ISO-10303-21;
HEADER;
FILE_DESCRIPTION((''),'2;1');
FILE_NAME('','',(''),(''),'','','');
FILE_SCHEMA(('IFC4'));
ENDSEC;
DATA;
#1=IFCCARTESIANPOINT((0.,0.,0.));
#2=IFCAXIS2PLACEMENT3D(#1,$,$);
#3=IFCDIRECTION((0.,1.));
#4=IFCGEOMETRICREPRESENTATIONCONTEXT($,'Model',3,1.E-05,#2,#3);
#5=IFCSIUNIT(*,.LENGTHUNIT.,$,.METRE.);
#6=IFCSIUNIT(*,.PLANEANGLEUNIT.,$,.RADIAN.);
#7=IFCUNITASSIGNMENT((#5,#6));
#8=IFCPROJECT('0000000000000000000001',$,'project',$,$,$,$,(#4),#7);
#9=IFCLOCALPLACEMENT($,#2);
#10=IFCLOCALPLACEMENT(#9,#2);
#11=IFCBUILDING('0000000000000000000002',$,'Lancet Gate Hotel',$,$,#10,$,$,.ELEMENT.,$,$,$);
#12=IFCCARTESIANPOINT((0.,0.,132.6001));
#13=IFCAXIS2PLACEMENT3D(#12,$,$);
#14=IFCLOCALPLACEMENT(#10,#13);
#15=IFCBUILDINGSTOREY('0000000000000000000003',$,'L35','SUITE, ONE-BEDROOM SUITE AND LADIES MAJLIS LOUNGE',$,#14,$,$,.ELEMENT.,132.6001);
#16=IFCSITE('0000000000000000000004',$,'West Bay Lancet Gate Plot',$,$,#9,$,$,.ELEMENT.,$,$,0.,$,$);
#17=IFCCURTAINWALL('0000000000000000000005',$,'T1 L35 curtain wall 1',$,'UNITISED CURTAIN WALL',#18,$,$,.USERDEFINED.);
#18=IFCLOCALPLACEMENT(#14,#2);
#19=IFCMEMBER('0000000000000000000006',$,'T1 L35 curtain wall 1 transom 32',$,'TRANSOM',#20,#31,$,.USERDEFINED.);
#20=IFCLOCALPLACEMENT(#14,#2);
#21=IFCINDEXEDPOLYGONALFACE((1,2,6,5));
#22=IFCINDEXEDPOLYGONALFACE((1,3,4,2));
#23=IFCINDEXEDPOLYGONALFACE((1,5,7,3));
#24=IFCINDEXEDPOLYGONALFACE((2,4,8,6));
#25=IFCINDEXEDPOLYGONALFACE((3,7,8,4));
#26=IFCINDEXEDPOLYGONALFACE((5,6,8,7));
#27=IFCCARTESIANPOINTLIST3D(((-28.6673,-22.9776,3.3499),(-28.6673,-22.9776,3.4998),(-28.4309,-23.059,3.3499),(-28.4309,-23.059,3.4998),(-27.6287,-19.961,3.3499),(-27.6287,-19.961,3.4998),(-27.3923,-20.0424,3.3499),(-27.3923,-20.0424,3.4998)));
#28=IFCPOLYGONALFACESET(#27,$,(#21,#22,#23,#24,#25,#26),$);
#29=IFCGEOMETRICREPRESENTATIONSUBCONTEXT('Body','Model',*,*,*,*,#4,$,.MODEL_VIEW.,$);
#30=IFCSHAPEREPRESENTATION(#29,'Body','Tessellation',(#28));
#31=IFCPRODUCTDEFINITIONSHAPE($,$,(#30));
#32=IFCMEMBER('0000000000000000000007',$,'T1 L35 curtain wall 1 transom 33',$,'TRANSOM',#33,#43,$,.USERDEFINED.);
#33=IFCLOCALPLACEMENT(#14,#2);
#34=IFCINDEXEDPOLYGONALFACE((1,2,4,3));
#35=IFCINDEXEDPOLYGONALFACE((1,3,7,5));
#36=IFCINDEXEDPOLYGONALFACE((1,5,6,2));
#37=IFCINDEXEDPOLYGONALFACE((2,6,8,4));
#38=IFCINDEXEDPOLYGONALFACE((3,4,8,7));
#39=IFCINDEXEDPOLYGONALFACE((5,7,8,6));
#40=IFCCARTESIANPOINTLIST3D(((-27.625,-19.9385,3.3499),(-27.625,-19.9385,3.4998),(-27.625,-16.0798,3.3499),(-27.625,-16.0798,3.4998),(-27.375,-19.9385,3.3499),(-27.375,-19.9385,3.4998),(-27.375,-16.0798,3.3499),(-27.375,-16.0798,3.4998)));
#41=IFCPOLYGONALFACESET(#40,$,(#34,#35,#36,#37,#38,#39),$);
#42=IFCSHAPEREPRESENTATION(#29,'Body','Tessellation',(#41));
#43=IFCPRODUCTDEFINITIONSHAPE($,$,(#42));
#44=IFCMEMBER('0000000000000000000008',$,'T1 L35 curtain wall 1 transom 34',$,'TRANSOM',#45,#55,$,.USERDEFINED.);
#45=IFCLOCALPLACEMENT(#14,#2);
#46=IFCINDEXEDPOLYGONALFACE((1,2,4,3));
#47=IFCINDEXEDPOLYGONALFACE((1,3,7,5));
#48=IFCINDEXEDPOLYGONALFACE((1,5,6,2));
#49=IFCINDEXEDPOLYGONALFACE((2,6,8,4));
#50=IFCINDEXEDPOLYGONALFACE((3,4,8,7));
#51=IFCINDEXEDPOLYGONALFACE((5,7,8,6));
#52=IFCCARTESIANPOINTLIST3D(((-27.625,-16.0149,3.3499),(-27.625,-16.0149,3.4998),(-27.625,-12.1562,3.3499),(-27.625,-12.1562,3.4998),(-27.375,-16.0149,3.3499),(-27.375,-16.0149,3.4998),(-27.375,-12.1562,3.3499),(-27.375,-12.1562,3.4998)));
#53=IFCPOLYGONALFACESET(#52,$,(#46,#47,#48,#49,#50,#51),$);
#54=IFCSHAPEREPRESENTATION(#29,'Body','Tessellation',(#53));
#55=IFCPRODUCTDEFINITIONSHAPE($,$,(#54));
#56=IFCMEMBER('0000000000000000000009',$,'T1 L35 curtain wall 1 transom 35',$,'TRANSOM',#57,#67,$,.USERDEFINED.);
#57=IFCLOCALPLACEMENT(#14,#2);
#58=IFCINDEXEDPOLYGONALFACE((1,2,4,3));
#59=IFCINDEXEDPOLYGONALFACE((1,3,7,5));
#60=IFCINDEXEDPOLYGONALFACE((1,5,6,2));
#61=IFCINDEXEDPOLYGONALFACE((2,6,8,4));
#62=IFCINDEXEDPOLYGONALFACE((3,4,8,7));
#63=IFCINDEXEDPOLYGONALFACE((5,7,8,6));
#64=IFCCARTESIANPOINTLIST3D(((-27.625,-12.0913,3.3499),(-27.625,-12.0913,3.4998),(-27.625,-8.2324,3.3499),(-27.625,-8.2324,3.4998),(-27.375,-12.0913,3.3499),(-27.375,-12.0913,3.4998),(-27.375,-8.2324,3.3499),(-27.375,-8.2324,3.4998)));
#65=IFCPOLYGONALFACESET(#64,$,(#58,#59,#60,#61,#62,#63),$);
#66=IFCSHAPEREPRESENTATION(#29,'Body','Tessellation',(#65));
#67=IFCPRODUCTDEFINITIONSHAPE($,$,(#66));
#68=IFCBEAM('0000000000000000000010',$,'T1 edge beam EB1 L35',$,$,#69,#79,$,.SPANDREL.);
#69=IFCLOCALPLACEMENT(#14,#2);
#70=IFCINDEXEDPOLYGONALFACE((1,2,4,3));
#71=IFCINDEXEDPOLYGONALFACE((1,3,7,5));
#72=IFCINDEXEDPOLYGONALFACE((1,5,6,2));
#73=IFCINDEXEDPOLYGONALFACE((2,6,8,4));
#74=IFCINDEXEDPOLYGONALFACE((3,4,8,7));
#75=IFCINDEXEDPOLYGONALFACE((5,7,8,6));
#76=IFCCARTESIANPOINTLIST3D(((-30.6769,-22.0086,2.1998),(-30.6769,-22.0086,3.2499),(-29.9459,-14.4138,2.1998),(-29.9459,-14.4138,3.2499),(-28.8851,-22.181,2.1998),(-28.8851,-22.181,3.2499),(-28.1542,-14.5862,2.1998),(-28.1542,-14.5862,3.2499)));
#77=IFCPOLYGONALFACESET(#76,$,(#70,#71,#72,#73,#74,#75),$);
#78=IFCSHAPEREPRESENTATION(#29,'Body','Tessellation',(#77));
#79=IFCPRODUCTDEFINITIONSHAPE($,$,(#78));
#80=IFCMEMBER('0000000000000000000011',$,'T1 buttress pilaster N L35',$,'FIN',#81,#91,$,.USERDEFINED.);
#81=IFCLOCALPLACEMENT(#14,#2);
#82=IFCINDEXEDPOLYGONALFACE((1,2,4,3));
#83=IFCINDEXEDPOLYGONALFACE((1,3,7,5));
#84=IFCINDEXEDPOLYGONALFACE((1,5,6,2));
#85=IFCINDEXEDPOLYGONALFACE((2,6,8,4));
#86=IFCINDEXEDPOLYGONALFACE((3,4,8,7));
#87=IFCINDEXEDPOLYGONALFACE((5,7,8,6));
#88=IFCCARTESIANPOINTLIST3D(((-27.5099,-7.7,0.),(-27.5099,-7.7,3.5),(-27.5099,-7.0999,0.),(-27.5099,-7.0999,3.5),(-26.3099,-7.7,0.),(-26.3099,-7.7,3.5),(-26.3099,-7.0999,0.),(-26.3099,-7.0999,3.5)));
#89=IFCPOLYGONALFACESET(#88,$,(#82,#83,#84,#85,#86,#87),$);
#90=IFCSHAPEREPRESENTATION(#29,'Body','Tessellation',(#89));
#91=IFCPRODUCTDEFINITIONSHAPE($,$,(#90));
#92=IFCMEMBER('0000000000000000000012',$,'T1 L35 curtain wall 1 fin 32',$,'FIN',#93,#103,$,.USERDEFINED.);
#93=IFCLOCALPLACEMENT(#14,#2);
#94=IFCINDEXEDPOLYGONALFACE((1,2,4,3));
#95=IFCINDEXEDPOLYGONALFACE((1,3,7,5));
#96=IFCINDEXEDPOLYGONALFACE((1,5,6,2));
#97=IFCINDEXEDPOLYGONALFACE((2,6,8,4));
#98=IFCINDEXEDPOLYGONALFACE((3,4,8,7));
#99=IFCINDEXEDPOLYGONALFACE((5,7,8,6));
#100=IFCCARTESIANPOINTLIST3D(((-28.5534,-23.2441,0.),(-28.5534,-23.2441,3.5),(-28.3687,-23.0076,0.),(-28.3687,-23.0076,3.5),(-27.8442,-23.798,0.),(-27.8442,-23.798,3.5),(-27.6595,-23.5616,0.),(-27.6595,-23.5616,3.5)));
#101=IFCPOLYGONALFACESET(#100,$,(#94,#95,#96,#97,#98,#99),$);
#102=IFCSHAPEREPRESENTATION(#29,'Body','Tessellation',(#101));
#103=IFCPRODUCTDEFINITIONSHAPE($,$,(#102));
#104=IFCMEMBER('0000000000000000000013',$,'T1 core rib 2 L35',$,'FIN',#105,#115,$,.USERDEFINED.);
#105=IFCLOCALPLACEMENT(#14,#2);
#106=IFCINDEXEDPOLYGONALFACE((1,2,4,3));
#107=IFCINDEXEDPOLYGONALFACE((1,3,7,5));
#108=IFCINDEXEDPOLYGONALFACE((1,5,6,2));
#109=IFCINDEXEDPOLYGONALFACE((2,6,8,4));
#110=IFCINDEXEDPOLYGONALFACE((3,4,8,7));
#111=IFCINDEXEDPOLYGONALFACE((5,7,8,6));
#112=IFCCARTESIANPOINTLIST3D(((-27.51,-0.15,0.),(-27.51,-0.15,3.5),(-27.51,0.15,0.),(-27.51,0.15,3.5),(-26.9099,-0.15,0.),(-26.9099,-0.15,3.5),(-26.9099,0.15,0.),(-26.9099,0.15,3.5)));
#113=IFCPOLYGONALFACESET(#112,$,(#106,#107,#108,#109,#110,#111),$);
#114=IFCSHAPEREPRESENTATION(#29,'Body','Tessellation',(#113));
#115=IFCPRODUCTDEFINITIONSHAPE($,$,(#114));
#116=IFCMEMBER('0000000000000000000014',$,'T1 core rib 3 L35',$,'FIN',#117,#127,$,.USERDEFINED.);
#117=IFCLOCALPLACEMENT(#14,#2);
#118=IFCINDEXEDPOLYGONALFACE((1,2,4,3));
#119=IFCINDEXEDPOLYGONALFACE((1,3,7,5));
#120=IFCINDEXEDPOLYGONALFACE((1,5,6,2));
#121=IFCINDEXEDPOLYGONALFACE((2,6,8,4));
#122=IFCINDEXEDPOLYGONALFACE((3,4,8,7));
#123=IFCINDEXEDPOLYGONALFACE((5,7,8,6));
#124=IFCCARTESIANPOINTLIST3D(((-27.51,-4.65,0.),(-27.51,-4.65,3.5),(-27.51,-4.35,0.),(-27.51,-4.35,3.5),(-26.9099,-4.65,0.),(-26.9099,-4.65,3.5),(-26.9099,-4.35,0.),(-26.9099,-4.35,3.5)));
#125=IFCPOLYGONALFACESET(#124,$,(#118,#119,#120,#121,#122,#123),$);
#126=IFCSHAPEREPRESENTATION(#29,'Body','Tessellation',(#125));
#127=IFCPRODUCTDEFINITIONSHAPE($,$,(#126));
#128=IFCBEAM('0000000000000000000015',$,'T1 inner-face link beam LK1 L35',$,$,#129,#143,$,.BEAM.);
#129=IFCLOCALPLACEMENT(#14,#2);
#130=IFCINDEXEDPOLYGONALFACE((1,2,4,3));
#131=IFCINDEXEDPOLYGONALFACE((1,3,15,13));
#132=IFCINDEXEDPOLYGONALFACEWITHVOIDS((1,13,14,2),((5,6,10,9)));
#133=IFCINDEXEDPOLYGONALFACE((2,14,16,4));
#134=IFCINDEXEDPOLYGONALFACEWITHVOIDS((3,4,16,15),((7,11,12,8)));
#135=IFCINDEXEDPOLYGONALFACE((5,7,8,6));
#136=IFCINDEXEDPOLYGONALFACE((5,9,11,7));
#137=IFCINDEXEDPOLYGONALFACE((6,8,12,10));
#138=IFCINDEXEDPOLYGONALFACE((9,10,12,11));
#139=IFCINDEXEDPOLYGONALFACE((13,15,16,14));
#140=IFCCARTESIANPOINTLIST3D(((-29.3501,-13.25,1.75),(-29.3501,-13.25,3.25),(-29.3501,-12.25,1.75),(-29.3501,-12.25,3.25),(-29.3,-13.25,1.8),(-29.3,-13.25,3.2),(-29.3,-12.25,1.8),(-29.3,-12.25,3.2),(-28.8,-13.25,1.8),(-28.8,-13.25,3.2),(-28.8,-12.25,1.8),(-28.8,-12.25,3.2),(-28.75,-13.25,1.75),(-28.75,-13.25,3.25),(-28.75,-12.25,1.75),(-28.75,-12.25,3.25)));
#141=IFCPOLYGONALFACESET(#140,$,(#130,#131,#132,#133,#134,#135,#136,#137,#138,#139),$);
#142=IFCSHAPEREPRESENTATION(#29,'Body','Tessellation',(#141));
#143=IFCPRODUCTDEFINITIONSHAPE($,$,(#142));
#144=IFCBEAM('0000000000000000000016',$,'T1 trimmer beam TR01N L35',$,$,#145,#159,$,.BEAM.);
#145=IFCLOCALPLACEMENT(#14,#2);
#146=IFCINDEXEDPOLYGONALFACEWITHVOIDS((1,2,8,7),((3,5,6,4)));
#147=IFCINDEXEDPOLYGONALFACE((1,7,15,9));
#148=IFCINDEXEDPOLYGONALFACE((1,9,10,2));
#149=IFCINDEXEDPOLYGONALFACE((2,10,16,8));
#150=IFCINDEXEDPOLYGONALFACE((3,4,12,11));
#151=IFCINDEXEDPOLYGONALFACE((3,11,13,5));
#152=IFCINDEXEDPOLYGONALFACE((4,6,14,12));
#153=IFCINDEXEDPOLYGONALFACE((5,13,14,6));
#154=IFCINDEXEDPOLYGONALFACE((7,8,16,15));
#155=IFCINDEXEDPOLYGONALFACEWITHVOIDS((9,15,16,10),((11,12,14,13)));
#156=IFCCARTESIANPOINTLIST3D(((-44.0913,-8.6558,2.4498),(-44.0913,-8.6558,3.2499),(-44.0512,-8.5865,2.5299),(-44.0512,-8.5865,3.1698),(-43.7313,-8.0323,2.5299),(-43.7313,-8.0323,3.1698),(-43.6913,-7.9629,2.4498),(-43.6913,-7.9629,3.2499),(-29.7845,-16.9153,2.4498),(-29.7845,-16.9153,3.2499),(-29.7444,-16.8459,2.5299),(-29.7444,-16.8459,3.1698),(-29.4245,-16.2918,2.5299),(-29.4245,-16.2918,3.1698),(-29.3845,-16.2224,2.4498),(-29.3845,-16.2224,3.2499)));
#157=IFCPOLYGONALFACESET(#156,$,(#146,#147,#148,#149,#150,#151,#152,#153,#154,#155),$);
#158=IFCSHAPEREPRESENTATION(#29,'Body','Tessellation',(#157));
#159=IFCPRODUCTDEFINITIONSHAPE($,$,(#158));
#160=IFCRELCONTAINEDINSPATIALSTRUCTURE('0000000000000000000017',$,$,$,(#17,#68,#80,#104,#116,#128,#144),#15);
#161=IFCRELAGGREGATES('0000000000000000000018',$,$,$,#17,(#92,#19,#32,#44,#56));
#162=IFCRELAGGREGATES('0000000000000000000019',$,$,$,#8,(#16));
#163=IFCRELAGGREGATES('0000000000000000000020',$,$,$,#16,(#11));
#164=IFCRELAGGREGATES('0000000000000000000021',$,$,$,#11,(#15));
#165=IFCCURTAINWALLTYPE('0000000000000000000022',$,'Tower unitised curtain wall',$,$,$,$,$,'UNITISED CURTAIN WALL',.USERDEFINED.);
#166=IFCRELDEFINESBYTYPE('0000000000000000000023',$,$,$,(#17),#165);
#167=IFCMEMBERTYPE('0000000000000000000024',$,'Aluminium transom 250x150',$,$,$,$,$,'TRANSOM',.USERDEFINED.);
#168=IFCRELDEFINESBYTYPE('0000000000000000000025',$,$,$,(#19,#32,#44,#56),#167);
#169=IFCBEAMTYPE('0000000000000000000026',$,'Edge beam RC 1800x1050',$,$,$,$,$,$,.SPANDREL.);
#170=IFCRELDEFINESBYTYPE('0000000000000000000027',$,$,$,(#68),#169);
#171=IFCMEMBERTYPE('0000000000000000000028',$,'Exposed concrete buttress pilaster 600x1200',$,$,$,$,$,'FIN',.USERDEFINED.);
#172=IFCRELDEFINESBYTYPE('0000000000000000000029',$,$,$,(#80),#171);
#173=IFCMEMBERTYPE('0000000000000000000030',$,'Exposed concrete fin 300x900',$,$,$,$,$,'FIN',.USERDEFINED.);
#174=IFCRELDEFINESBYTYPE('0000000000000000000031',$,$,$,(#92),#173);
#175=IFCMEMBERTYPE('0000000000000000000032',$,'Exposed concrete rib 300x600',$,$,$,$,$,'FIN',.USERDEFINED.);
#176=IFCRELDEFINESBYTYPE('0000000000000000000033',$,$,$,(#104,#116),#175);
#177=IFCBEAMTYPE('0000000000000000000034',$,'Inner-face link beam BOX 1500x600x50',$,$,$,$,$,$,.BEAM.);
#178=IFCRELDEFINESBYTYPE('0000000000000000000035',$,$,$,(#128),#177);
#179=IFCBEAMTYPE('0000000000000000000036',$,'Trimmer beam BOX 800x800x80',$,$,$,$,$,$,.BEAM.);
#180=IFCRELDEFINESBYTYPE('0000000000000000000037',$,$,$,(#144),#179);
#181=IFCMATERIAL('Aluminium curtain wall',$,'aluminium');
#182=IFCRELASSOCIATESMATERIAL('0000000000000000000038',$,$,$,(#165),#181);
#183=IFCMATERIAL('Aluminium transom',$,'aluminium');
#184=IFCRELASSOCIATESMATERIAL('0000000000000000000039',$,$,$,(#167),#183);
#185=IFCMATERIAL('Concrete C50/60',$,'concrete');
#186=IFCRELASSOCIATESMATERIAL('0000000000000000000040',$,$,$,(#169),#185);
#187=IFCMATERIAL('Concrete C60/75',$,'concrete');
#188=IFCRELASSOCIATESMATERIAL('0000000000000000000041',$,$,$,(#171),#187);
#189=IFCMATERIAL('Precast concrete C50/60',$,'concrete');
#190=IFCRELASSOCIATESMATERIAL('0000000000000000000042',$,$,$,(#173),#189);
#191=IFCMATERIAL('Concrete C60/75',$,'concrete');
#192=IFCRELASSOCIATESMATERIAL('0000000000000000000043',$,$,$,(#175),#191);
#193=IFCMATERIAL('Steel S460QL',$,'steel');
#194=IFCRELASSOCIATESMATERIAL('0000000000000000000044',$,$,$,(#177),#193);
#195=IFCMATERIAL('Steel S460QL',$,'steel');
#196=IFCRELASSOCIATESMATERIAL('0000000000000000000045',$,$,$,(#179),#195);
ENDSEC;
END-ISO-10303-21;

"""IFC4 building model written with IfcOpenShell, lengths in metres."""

from ifc_helpers import new_model, si_unit, direction, frame, origin, origin_2d, place, context, subcontext, project, spatial, rectangle, hollow_rectangle, extrude, material, material_profile, profile_set, type_object, element, aggregate, save


model = new_model("IFC4")

# Units and contexts
model_context = context("Model", 3, precision=1e-05, world=origin(), true_north=direction((0.0, 1.0)))
body_context = subcontext(model_context, "Body", "Model", "MODEL_VIEW")
ifc_project = project(units=[si_unit("LENGTHUNIT", "METRE"), si_unit("PLANEANGLEUNIT", "RADIAN")], contexts=[model_context])

# Site, building, storey
site_placement = place(None, origin())
site = spatial("IfcSite", under=ifc_project, at=site_placement, Name="West Bay Lancet Gate Plot", CompositionType="ELEMENT", RefElevation=0.0)
building_placement = place(site_placement, origin())
building = spatial("IfcBuilding", under=site, at=building_placement, Name="Lancet Gate Hotel", CompositionType="ELEMENT")
storey_placement = place(building_placement, frame((0.0, 0.0, 132.6001)))
storey = spatial("IfcBuildingStorey", under=building, at=storey_placement, Name="L35", Description="SUITE, ONE-BEDROOM SUITE AND LADIES MAJLIS LOUNGE", CompositionType="ELEMENT", Elevation=132.6001)

# Curtain wall, members
ifc_material_1 = material(Name="Aluminium curtain wall", Category="aluminium")
curtain_wall_type = type_object("IfcCurtainWallType", Name="Tower unitised curtain wall", ElementType="UNITISED CURTAIN WALL", PredefinedType="USERDEFINED", material=ifc_material_1)
curtain_wall_placement = place(storey_placement, origin())
curtain_wall = element("IfcCurtainWall", 1, at=curtain_wall_placement, inside=storey, type_object=curtain_wall_type, Name="T1 L35 curtain wall 1", ObjectType="UNITISED CURTAIN WALL", PredefinedType="USERDEFINED")
ifc_material_2 = material(Name="Aluminium transom", Category="aluminium")
ifc_material_profile_1 = material_profile(ifc_material_2, rectangle(XDim=0.25, YDim=0.1499, at=origin_2d()), Name="TRANSOM 250x150")
ifc_profile_set_1 = profile_set([ifc_material_profile_1], Name="Aluminium transom")
member_type_1 = type_object("IfcMemberType", Name="Aluminium transom 250x150", ElementType="TRANSOM", PredefinedType="USERDEFINED", material=ifc_profile_set_1)
member_1_placement = place(storey_placement, frame((-28.5491, -23.0183, 3.4248), z_axis=(0.325533, 0.945531, 0.0), x_axis=(-0.945531, 0.325533, 0.0)))
member_1 = element("IfcMember", 2, at=member_1_placement, type_object=member_type_1, Name="T1 L35 curtain wall 1 transom 32", ObjectType="TRANSOM", PredefinedType="USERDEFINED", context=body_context, shape_type="SweptSolid", body=[
    extrude(rectangle(XDim=0.25, YDim=0.1499, at=origin_2d()), origin(), (0.0, 0.0, 1.0), 3.1904),
])
member_2_placement = place(storey_placement, frame((-27.5, -19.9385, 3.4248), z_axis=(0.0, 1.0, 0.0), x_axis=(-1.0, 0.0, 0.0)))
member_2 = element("IfcMember", 3, at=member_2_placement, type_object=member_type_1, Name="T1 L35 curtain wall 1 transom 33", ObjectType="TRANSOM", PredefinedType="USERDEFINED", context=body_context, shape_type="SweptSolid", body=[
    extrude(rectangle(XDim=0.25, YDim=0.1499, at=origin_2d()), origin(), (0.0, 0.0, 1.0), 3.8586),
])
member_3_placement = place(storey_placement, frame((-27.5, -16.0149, 3.4248), z_axis=(0.0, 1.0, 0.0), x_axis=(-1.0, 0.0, 0.0)))
member_3 = element("IfcMember", 4, at=member_3_placement, type_object=member_type_1, Name="T1 L35 curtain wall 1 transom 34", ObjectType="TRANSOM", PredefinedType="USERDEFINED", context=body_context, shape_type="SweptSolid", body=[
    extrude(rectangle(XDim=0.25, YDim=0.1499, at=origin_2d()), origin(), (0.0, 0.0, 1.0), 3.8586),
])
member_4_placement = place(storey_placement, frame((-27.5, -12.0913, 3.4248), z_axis=(0.0, 1.0, 0.0), x_axis=(-1.0, 0.0, 0.0)))
member_4 = element("IfcMember", 5, at=member_4_placement, type_object=member_type_1, Name="T1 L35 curtain wall 1 transom 35", ObjectType="TRANSOM", PredefinedType="USERDEFINED", context=body_context, shape_type="SweptSolid", body=[
    extrude(rectangle(XDim=0.25, YDim=0.1499, at=origin_2d()), origin(), (0.0, 0.0, 1.0), 3.8589),
])

# Beam
ifc_material_3 = material(Name="Concrete C50/60", Category="concrete")
ifc_material_profile_2 = material_profile(ifc_material_3, rectangle(XDim=1.8, YDim=1.05, at=origin_2d()), Name="RC 1800x1050")
ifc_profile_set_2 = profile_set([ifc_material_profile_2], Name="Concrete C50/60")
beam_type_1 = type_object("IfcBeamType", Name="Edge beam RC 1800x1050", PredefinedType="SPANDREL", material=ifc_profile_set_2)
beam_1_placement = place(storey_placement, frame((-29.05, -14.5, 2.7249), z_axis=(-0.095803, -0.9954, 0.0), x_axis=(0.9954, -0.095803, 0.0)))
element("IfcBeam", 6, at=beam_1_placement, inside=storey, type_object=beam_type_1, Name="T1 edge beam EB1 L35", PredefinedType="SPANDREL", context=body_context, shape_type="SweptSolid", body=[
    extrude(rectangle(XDim=1.8, YDim=1.05, at=origin_2d()), origin(), (0.0, 0.0, 1.0), 7.6299),
])

# Members
ifc_material_4 = material(Name="Concrete C60/75", Category="concrete")
ifc_material_profile_3 = material_profile(ifc_material_4, rectangle(XDim=0.6001, YDim=1.2, at=origin_2d()), Name="FIN 600x1200")
ifc_profile_set_3 = profile_set([ifc_material_profile_3], Name="Concrete C60/75")
member_type_2 = type_object("IfcMemberType", Name="Exposed concrete buttress pilaster 600x1200", ElementType="FIN", PredefinedType="USERDEFINED", material=ifc_profile_set_3)
member_5_placement = place(storey_placement, frame((-26.9099, -7.3999, 0.0), z_axis=(0.0, 0.0, 1.0), x_axis=(0.0, 1.0, 0.0)))
element("IfcMember", 7, at=member_5_placement, inside=storey, type_object=member_type_2, Name="T1 buttress pilaster N L35", ObjectType="FIN", PredefinedType="USERDEFINED", context=body_context, shape_type="SweptSolid", body=[
    extrude(rectangle(XDim=0.6001, YDim=1.2, at=origin_2d()), origin(), (0.0, 0.0, 1.0), 3.5),
])
ifc_material_5 = material(Name="Precast concrete C50/60", Category="concrete")
ifc_material_profile_4 = material_profile(ifc_material_5, rectangle(XDim=0.3, YDim=0.8999, at=origin_2d()), Name="FIN 300x900")
ifc_profile_set_4 = profile_set([ifc_material_profile_4], Name="Precast concrete C50/60")
member_type_3 = type_object("IfcMemberType", Name="Exposed concrete fin 300x900", ElementType="FIN", PredefinedType="USERDEFINED", material=ifc_profile_set_4)
member_6_placement = place(storey_placement, frame((-28.1064, -23.4028, 0.0), z_axis=(0.0, 0.0, 1.0), x_axis=(0.615574, 0.788079, 0.0)))
member_6 = element("IfcMember", 8, at=member_6_placement, type_object=member_type_3, Name="T1 L35 curtain wall 1 fin 32", ObjectType="FIN", PredefinedType="USERDEFINED", context=body_context, shape_type="SweptSolid", body=[
    extrude(rectangle(XDim=0.3, YDim=0.8999, at=origin_2d()), origin(), (0.0, 0.0, 1.0), 3.5),
])

# Members
ifc_material_6 = material(Name="Concrete C60/75", Category="concrete")
ifc_material_profile_5 = material_profile(ifc_material_6, rectangle(XDim=0.3, YDim=0.6001, at=origin_2d()), Name="FIN 300x600")
ifc_profile_set_5 = profile_set([ifc_material_profile_5], Name="Concrete C60/75")
member_type_4 = type_object("IfcMemberType", Name="Exposed concrete rib 300x600", ElementType="FIN", PredefinedType="USERDEFINED", material=ifc_profile_set_5)
for number, where, z_axis, x_axis, name in (
    (9, (-27.21, 0.0, 0.0), (0.0, 0.0, 1.0), (0.0, 1.0, 0.0), "T1 core rib 2 L35"),
    (10, (-27.21, -4.5, 0.0), (0.0, 0.0, 1.0), (0.0, 1.0, 0.0), "T1 core rib 3 L35"),
):
    element("IfcMember", number, at=place(storey_placement, frame(where, z_axis=z_axis, x_axis=x_axis)), inside=storey, type_object=member_type_4, Name=name, ObjectType="FIN", PredefinedType="USERDEFINED", context=body_context, shape_type="SweptSolid", body=[
        extrude(rectangle(XDim=0.3, YDim=0.6001, at=origin_2d()), origin(), (0.0, 0.0, 1.0), 3.5),
    ])

# Beams
ifc_material_7 = material(Name="Steel S460QL", Category="steel")
ifc_material_profile_6 = material_profile(ifc_material_7, hollow_rectangle(XDim=0.6001, YDim=1.5, WallThickness=0.05, at=origin_2d()), Name="BOX 1500x600x50")
ifc_profile_set_6 = profile_set([ifc_material_profile_6], Name="Steel S460QL")
beam_type_2 = type_object("IfcBeamType", Name="Inner-face link beam BOX 1500x600x50", PredefinedType="BEAM", material=ifc_profile_set_6)
beam_2_placement = place(storey_placement, frame((-29.05, -12.25, 2.5), z_axis=(0.0, -1.0, 0.0), x_axis=(1.0, 0.0, 0.0)))
element("IfcBeam", 11, at=beam_2_placement, inside=storey, type_object=beam_type_2, Name="T1 inner-face link beam LK1 L35", PredefinedType="BEAM", context=body_context, shape_type="SweptSolid", body=[
    extrude(hollow_rectangle(XDim=0.6001, YDim=1.5, WallThickness=0.05, at=origin_2d()), origin(), (0.0, 0.0, 1.0), 1.0),
])
ifc_material_8 = material(Name="Steel S460QL", Category="steel")
ifc_material_profile_7 = material_profile(ifc_material_8, hollow_rectangle(XDim=0.8, YDim=0.8, WallThickness=0.0801, at=origin_2d()), Name="BOX 800x800x80")
ifc_profile_set_7 = profile_set([ifc_material_profile_7], Name="Steel S460QL")
beam_type_3 = type_object("IfcBeamType", Name="Trimmer beam BOX 800x800x80", PredefinedType="BEAM", material=ifc_profile_set_7)
beam_3_placement = place(storey_placement, frame((-29.5845, -16.5688, 2.8499), z_axis=(-0.86604, 0.499974, 0.0), x_axis=(-0.499974, -0.86604, 0.0)))
element("IfcBeam", 12, at=beam_3_placement, inside=storey, type_object=beam_type_3, Name="T1 trimmer beam TR01N L35", PredefinedType="BEAM", context=body_context, shape_type="SweptSolid", body=[
    extrude(hollow_rectangle(XDim=0.8, YDim=0.8, WallThickness=0.0801, at=origin_2d()), origin(), (0.0, 0.0, 1.0), 16.5198),
])

aggregate(curtain_wall, [member_6, member_1, member_2, member_3, member_4])

save(model, "model.ifc")
